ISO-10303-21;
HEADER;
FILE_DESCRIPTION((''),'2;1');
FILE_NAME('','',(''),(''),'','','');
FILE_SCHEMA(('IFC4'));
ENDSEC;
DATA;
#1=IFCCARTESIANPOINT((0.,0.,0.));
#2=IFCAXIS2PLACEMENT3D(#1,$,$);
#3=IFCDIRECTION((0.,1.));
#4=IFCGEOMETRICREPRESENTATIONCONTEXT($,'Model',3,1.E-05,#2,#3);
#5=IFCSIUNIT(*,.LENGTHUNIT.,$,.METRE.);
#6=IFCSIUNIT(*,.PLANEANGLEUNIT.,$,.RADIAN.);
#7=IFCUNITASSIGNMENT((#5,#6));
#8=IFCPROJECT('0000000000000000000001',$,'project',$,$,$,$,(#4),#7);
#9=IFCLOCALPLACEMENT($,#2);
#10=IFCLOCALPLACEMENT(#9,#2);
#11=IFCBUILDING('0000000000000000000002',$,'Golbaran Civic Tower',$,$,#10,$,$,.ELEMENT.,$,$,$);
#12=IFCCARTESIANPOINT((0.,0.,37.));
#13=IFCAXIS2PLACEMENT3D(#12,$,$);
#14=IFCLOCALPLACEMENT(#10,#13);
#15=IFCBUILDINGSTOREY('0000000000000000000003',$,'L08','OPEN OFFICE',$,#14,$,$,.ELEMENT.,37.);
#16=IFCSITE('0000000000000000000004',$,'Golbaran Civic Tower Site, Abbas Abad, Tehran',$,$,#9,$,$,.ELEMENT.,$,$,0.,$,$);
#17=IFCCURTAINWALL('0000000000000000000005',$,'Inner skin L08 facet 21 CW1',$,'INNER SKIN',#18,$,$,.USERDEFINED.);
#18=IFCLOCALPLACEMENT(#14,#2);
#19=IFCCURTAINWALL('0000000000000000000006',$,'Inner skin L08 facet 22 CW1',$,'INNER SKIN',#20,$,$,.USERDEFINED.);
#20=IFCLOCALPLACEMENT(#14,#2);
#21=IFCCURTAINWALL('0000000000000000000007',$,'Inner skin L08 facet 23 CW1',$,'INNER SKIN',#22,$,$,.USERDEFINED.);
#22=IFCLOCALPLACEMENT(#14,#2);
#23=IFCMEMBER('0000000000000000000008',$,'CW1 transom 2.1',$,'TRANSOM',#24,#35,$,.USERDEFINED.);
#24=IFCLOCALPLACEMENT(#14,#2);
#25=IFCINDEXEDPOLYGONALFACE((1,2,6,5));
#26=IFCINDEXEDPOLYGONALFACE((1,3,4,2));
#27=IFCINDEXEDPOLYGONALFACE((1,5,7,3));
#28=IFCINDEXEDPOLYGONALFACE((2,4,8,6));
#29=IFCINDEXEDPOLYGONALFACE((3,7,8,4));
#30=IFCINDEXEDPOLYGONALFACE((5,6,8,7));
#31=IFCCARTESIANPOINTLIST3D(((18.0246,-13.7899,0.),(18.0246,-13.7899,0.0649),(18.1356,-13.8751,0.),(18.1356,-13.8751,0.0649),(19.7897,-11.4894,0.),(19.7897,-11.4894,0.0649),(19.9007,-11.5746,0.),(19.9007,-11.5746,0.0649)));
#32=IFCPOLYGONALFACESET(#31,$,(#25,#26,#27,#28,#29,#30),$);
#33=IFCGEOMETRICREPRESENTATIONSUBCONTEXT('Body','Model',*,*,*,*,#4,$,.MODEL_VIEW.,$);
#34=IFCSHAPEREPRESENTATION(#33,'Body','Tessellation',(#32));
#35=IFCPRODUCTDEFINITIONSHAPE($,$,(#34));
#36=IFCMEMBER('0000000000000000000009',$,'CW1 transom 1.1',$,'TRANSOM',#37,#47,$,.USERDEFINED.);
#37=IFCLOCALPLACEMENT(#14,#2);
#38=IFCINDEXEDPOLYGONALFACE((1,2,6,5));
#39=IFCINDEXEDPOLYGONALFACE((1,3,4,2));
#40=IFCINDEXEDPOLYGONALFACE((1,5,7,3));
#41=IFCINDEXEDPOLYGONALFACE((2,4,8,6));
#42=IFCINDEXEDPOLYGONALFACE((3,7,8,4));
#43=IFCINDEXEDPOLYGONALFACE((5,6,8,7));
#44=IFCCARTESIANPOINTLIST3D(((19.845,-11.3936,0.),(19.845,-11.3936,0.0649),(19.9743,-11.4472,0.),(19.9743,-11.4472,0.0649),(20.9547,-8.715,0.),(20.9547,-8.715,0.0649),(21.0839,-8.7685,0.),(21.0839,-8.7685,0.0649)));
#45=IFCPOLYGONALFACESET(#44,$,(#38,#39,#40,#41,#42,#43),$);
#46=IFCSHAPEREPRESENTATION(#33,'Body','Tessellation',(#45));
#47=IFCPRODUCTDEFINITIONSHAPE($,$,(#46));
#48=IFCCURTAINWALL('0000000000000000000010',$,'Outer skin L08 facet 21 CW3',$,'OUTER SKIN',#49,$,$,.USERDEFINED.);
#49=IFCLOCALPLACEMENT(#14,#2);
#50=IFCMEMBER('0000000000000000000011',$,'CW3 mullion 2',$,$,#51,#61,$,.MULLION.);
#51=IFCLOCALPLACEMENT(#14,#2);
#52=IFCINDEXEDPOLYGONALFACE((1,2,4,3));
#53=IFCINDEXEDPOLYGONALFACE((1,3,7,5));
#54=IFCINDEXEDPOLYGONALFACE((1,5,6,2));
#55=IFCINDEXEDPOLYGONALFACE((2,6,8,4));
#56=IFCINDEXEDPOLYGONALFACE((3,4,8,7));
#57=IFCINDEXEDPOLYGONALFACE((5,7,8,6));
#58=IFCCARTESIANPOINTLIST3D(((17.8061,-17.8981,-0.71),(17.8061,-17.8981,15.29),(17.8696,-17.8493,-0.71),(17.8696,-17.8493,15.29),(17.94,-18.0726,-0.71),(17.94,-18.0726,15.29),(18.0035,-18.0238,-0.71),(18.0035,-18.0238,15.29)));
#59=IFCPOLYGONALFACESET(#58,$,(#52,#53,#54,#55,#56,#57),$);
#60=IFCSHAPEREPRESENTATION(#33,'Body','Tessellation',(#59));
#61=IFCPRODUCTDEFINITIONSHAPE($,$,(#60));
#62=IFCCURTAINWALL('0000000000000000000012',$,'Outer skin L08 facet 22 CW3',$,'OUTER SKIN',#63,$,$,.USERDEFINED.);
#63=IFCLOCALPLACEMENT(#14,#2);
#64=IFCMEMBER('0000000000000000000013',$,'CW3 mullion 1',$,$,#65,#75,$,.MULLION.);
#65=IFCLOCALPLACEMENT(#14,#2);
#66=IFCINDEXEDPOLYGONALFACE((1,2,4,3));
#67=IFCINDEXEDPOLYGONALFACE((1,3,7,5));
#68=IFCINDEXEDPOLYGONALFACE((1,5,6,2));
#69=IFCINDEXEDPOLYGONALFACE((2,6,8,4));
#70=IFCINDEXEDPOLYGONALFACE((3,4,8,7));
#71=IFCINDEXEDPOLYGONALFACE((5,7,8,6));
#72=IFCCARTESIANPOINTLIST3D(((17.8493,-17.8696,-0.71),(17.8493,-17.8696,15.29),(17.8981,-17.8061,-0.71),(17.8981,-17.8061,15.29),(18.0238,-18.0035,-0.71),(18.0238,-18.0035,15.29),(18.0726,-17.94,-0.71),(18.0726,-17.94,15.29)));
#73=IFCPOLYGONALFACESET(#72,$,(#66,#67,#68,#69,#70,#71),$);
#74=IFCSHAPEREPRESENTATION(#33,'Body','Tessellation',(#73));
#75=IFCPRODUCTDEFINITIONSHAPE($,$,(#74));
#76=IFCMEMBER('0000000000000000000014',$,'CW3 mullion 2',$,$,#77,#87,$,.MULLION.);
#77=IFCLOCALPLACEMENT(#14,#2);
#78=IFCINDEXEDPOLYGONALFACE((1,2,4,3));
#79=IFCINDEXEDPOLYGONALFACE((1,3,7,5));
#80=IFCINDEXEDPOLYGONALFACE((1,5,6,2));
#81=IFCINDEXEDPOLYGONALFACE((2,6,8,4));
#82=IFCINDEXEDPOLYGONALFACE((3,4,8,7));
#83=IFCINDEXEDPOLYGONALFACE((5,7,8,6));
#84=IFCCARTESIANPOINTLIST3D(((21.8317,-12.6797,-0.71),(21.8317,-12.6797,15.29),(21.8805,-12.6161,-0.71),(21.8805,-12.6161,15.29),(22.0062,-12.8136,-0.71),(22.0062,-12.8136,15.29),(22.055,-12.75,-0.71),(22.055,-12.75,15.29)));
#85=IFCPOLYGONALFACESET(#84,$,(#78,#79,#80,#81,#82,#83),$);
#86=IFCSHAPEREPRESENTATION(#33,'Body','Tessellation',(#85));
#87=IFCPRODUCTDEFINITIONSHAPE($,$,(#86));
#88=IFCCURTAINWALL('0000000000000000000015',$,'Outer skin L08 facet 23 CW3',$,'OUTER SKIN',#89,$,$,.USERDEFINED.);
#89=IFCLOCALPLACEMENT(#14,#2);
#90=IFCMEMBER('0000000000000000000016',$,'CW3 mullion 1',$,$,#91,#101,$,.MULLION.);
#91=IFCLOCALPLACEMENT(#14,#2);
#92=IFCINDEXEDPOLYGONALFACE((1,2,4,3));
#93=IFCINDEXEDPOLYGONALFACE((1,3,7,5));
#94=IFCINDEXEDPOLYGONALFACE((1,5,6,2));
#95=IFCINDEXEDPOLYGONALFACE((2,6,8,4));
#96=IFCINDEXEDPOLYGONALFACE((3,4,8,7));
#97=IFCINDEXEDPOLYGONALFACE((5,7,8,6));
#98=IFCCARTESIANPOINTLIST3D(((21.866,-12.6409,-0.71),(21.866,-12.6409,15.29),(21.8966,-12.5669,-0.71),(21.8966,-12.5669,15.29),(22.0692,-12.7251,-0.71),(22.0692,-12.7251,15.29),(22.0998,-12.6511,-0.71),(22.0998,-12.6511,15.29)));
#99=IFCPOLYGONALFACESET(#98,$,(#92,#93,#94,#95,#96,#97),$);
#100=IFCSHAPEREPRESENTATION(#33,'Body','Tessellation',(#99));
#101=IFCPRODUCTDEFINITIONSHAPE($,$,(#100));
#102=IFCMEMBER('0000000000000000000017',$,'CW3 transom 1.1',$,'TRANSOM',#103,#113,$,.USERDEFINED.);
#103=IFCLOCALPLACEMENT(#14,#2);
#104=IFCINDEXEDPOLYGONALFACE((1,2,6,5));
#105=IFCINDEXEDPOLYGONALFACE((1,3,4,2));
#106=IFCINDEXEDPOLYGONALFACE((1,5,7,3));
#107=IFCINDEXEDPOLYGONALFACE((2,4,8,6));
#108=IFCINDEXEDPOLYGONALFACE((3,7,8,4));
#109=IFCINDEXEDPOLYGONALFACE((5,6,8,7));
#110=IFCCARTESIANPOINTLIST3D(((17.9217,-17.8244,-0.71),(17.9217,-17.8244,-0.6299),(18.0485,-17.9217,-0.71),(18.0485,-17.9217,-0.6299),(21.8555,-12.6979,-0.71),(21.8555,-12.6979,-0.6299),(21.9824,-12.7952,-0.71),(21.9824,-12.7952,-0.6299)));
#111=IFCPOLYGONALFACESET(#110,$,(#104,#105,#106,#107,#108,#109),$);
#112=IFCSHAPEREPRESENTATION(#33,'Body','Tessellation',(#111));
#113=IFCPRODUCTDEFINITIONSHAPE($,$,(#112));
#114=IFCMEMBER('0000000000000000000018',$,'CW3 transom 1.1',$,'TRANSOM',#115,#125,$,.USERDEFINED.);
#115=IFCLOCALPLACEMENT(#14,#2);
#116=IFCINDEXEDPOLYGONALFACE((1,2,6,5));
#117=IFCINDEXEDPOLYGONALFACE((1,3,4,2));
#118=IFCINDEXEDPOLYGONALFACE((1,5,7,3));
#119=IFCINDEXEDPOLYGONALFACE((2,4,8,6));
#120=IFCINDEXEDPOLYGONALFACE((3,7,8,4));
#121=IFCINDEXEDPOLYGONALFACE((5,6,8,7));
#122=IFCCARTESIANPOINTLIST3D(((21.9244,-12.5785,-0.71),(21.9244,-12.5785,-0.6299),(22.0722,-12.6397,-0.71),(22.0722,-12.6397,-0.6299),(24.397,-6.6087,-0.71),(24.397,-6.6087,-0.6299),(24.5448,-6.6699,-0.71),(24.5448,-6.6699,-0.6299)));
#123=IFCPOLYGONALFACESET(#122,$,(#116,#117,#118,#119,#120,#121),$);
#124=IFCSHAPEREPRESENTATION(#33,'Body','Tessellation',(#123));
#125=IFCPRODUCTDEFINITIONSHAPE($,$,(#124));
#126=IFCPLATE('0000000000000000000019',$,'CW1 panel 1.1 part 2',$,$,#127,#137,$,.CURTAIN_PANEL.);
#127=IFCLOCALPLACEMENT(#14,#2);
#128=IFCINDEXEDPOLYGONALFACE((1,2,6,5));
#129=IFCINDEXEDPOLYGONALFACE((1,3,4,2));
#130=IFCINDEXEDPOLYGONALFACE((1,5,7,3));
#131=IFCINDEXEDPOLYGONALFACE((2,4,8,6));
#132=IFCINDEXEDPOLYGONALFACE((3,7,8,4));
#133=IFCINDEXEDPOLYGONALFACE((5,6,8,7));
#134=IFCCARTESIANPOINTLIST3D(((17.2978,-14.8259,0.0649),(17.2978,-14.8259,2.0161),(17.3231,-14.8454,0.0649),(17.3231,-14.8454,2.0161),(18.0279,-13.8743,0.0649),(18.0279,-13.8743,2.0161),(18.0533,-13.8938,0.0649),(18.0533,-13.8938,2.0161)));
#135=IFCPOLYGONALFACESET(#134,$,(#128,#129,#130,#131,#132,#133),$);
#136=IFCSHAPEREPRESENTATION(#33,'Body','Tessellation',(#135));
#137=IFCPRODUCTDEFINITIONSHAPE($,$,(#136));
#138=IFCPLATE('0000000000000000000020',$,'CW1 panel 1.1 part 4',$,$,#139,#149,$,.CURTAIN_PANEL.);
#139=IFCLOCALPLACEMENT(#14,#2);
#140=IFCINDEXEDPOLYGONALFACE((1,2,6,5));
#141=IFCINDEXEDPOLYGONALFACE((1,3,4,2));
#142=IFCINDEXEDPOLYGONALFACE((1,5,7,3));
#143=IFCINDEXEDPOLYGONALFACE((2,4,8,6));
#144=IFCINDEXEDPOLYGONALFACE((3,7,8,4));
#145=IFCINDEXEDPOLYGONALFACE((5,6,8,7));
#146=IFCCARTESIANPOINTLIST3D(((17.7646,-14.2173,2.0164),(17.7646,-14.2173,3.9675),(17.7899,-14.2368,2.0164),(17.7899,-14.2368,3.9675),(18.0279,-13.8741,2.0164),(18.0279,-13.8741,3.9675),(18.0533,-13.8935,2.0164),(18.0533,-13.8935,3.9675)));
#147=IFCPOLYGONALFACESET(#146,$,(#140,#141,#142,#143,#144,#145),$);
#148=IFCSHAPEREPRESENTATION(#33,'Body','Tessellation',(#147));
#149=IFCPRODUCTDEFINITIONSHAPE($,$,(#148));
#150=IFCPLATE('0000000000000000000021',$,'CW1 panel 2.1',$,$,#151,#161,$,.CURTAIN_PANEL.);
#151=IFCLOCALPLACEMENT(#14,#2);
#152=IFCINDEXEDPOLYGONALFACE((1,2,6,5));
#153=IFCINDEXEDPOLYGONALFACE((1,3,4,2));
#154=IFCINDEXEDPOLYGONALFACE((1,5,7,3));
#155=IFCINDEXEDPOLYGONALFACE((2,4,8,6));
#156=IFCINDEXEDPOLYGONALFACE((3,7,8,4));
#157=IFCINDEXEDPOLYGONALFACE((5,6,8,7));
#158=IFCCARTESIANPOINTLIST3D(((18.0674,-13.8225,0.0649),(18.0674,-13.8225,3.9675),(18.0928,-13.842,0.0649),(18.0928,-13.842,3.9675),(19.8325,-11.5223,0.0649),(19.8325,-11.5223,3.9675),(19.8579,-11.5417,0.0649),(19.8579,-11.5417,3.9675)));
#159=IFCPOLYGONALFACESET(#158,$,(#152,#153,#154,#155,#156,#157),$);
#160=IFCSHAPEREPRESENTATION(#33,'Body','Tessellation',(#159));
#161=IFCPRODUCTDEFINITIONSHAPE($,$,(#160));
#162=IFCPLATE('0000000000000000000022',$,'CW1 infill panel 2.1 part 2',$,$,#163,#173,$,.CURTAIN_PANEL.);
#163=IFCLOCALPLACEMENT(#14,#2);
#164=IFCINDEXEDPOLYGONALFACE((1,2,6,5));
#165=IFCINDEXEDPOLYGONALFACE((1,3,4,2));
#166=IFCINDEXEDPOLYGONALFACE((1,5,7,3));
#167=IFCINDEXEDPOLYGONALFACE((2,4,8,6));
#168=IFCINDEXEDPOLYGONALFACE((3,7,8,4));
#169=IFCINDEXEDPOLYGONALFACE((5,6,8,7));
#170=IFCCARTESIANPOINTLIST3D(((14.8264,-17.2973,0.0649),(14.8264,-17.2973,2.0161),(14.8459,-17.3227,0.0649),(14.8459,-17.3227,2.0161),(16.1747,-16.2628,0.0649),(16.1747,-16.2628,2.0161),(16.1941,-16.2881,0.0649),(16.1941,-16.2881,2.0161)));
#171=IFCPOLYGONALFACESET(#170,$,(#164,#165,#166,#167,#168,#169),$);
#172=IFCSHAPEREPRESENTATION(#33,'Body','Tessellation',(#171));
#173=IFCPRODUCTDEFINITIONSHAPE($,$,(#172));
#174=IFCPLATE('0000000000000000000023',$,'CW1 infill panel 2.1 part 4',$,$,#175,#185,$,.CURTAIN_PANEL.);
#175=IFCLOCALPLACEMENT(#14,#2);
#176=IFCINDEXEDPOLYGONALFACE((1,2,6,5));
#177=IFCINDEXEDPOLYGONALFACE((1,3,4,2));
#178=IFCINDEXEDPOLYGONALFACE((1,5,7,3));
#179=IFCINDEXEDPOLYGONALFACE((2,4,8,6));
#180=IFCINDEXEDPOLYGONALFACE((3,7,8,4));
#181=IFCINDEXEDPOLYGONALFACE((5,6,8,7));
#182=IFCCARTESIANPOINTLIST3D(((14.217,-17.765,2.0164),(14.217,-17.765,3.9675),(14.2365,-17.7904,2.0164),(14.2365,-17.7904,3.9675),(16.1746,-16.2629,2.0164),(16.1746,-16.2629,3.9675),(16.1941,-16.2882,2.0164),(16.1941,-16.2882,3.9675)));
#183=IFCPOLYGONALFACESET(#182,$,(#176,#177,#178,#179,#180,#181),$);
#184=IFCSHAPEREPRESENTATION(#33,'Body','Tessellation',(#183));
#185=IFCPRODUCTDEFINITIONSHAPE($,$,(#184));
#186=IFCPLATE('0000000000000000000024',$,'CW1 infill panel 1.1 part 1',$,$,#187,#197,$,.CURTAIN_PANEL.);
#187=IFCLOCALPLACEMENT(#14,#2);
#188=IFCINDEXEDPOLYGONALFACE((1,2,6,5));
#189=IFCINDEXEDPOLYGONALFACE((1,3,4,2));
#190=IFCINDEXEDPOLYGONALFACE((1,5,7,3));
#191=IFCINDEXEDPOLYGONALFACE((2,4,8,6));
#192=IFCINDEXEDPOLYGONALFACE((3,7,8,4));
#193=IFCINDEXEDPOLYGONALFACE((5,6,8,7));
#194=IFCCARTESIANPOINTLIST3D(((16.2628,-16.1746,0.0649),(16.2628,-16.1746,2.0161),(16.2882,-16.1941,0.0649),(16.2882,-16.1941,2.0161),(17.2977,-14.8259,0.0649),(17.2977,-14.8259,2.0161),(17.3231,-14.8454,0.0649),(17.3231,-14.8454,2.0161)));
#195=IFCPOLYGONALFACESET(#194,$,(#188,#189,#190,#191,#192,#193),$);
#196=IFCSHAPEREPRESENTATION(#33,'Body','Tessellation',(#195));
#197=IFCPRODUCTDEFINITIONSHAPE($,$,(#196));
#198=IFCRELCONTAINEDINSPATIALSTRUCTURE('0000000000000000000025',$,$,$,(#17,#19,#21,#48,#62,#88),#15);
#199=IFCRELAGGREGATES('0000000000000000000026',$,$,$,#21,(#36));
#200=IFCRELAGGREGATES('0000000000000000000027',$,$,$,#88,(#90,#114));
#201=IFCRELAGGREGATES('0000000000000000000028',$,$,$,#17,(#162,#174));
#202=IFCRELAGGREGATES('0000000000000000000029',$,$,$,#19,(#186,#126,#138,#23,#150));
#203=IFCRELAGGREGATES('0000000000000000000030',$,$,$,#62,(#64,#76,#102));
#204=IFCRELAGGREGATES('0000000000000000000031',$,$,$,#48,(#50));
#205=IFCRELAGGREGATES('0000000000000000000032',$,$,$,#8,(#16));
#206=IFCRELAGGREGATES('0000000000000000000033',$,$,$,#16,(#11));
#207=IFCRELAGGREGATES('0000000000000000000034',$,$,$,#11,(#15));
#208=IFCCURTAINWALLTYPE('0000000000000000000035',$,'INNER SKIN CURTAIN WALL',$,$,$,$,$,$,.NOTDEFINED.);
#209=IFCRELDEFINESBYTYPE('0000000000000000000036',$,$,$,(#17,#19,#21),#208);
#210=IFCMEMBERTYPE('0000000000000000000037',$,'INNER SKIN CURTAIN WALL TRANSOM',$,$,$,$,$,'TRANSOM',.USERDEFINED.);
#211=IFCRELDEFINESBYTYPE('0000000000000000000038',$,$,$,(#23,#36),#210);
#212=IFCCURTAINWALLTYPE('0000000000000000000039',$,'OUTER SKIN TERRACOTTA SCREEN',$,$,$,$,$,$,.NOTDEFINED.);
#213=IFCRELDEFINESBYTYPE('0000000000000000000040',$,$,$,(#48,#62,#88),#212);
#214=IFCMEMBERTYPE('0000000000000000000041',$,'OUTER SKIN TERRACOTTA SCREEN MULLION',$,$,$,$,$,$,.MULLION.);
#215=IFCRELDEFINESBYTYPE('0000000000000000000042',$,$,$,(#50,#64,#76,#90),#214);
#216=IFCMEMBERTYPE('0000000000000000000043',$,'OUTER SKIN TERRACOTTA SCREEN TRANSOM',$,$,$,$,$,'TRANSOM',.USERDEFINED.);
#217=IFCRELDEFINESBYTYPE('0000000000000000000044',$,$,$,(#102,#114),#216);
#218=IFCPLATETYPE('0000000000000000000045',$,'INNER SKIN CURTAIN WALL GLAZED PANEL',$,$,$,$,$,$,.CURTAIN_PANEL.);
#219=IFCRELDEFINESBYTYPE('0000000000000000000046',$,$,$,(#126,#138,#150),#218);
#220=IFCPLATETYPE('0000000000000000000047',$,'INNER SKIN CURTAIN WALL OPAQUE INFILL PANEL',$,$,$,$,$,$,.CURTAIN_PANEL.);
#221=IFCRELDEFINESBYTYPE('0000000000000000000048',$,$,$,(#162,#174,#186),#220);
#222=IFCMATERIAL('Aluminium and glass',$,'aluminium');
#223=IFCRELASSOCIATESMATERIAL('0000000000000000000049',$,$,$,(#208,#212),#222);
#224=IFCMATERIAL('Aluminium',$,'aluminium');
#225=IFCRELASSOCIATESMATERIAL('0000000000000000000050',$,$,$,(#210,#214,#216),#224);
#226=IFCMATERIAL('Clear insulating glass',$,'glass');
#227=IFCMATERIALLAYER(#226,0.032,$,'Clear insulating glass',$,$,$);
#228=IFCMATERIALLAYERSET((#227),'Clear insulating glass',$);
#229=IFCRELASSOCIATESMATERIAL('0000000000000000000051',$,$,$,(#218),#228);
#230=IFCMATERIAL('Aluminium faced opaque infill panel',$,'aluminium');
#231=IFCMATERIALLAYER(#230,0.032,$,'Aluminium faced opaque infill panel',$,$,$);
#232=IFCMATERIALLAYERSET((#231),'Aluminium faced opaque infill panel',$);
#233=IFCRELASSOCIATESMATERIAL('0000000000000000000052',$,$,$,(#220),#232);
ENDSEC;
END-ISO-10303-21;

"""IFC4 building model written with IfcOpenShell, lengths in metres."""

from ifc_helpers import new_model, si_unit, direction, frame, origin, origin_2d, place, context, subcontext, project, spatial, rectangle, extrude, material, layer, layer_set, material_profile, profile_set, type_object, element, aggregate, save


model = new_model("IFC4")

# Units and contexts
model_context = context("Model", 3, precision=1e-05, world=origin(), true_north=direction((0.0, 1.0)))
body_context = subcontext(model_context, "Body", "Model", "MODEL_VIEW")
ifc_project = project(units=[si_unit("LENGTHUNIT", "METRE"), si_unit("PLANEANGLEUNIT", "RADIAN")], contexts=[model_context])

# Site, building, storey
site_placement = place(None, origin())
site = spatial("IfcSite", under=ifc_project, at=site_placement, Name="Golbaran Civic Tower Site, Abbas Abad, Tehran", CompositionType="ELEMENT", RefElevation=0.0)
building_placement = place(site_placement, origin())
building = spatial("IfcBuilding", under=site, at=building_placement, Name="Golbaran Civic Tower", CompositionType="ELEMENT")
storey_placement = place(building_placement, frame((0.0, 0.0, 37.0)))
storey = spatial("IfcBuildingStorey", under=building, at=storey_placement, Name="L08", Description="OPEN OFFICE", CompositionType="ELEMENT", Elevation=37.0)

# Curtain wall
ifc_material_1 = material(Name="Aluminium and glass", Category="aluminium")
curtain_wall_type_1 = type_object("IfcCurtainWallType", Name="INNER SKIN CURTAIN WALL", PredefinedType="NOTDEFINED", material=ifc_material_1)
curtain_wall_1_placement = place(storey_placement, origin())
curtain_wall_1 = element("IfcCurtainWall", 1, at=curtain_wall_1_placement, inside=storey, type_object=curtain_wall_type_1, Name="Inner skin L08 facet 21 CW1", ObjectType="INNER SKIN", PredefinedType="USERDEFINED")
ifc_material_2 = material(Name="Aluminium", Category="aluminium")

# Curtain wall
curtain_wall_2_placement = place(storey_placement, origin())
curtain_wall_2 = element("IfcCurtainWall", 2, at=curtain_wall_2_placement, inside=storey, type_object=curtain_wall_type_1, Name="Inner skin L08 facet 22 CW1", ObjectType="INNER SKIN", PredefinedType="USERDEFINED")

# Curtain wall
curtain_wall_3_placement = place(storey_placement, origin())
curtain_wall_3 = element("IfcCurtainWall", 3, at=curtain_wall_3_placement, inside=storey, type_object=curtain_wall_type_1, Name="Inner skin L08 facet 23 CW1", ObjectType="INNER SKIN", PredefinedType="USERDEFINED")

# Members
ifc_material_profile_1 = material_profile(ifc_material_2, rectangle(XDim=0.1399, YDim=0.0649, at=origin_2d()), Name="INNER SKIN CURTAIN WALL TRANSOM")
ifc_profile_set_1 = profile_set([ifc_material_profile_1], Name="Aluminium")
member_type_1 = type_object("IfcMemberType", Name="INNER SKIN CURTAIN WALL TRANSOM", ElementType="TRANSOM", PredefinedType="USERDEFINED", material=ifc_profile_set_1)
member_1_placement = place(storey_placement, frame((18.0801, -13.8325, 0.0325), z_axis=(0.608734, 0.793375, 0.0), x_axis=(-0.793375, 0.608734, 0.0)))
member_1 = element("IfcMember", 4, at=member_1_placement, type_object=member_type_1, Name="CW1 transom 2.1", ObjectType="TRANSOM", PredefinedType="USERDEFINED", context=body_context, shape_type="SweptSolid", body=[
    extrude(rectangle(XDim=0.1399, YDim=0.0649, at=origin_2d()), origin(), (0.0, 0.0, 1.0), 2.8997),
])
member_2_placement = place(storey_placement, frame((19.9097, -11.4204, 0.0325), z_axis=(0.382701, 0.923872, 0.0), x_axis=(-0.923872, 0.382701, 0.0)))
member_2 = element("IfcMember", 5, at=member_2_placement, type_object=member_type_1, Name="CW1 transom 1.1", ObjectType="TRANSOM", PredefinedType="USERDEFINED", context=body_context, shape_type="SweptSolid", body=[
    extrude(rectangle(XDim=0.1399, YDim=0.0649, at=origin_2d()), origin(), (0.0, 0.0, 1.0), 2.8994),
])
aggregate(curtain_wall_3, [member_2])

# Curtain wall, member
curtain_wall_type_2 = type_object("IfcCurtainWallType", Name="OUTER SKIN TERRACOTTA SCREEN", PredefinedType="NOTDEFINED", material=ifc_material_1)
curtain_wall_4_placement = place(storey_placement, origin())
curtain_wall_4 = element("IfcCurtainWall", 6, at=curtain_wall_4_placement, inside=storey, type_object=curtain_wall_type_2, Name="Outer skin L08 facet 21 CW3", ObjectType="OUTER SKIN", PredefinedType="USERDEFINED")
ifc_material_profile_2 = material_profile(ifc_material_2, rectangle(XDim=0.22, YDim=0.0801, at=origin_2d()), Name="OUTER SKIN TERRACOTTA SCREEN MULLION")
ifc_profile_set_2 = profile_set([ifc_material_profile_2], Name="Aluminium")
member_type_2 = type_object("IfcMemberType", Name="OUTER SKIN TERRACOTTA SCREEN MULLION", PredefinedType="MULLION", material=ifc_profile_set_2)
member_3_placement = place(storey_placement, frame((17.9048, -17.9609, -0.71), z_axis=(0.0, 0.0, 1.0), x_axis=(-0.608761, 0.793353, 0.0)))
member_3 = element("IfcMember", 7, at=member_3_placement, type_object=member_type_2, Name="CW3 mullion 2", PredefinedType="MULLION", context=body_context, shape_type="SweptSolid", body=[
    extrude(rectangle(XDim=0.22, YDim=0.0801, at=origin_2d()), origin(), (0.0, 0.0, 1.0), 16.0),
])

# Curtain wall, members
curtain_wall_5_placement = place(storey_placement, origin())
curtain_wall_5 = element("IfcCurtainWall", 8, at=curtain_wall_5_placement, inside=storey, type_object=curtain_wall_type_2, Name="Outer skin L08 facet 22 CW3", ObjectType="OUTER SKIN", PredefinedType="USERDEFINED")
member_4_placement = place(storey_placement, frame((17.9609, -17.9048, -0.71), z_axis=(0.0, 0.0, 1.0), x_axis=(-0.793353, 0.608761, 0.0)))
member_4 = element("IfcMember", 9, at=member_4_placement, type_object=member_type_2, Name="CW3 mullion 1", PredefinedType="MULLION", context=body_context, shape_type="SweptSolid", body=[
    extrude(rectangle(XDim=0.22, YDim=0.0801, at=origin_2d()), origin(), (0.0, 0.0, 1.0), 16.0),
])
member_5_placement = place(storey_placement, frame((21.9434, -12.7148, -0.71), z_axis=(0.0, 0.0, 1.0), x_axis=(-0.793353, 0.608761, 0.0)))
member_5 = element("IfcMember", 10, at=member_5_placement, type_object=member_type_2, Name="CW3 mullion 2", PredefinedType="MULLION", context=body_context, shape_type="SweptSolid", body=[
    extrude(rectangle(XDim=0.22, YDim=0.0801, at=origin_2d()), origin(), (0.0, 0.0, 1.0), 16.0),
])

# Curtain wall, member
curtain_wall_6_placement = place(storey_placement, origin())
curtain_wall_6 = element("IfcCurtainWall", 11, at=curtain_wall_6_placement, inside=storey, type_object=curtain_wall_type_2, Name="Outer skin L08 facet 23 CW3", ObjectType="OUTER SKIN", PredefinedType="USERDEFINED")
member_6_placement = place(storey_placement, frame((21.9829, -12.646, -0.71), z_axis=(0.0, 0.0, 1.0), x_axis=(-0.92388, 0.382683, 0.0)))
member_6 = element("IfcMember", 12, at=member_6_placement, type_object=member_type_2, Name="CW3 mullion 1", PredefinedType="MULLION", context=body_context, shape_type="SweptSolid", body=[
    extrude(rectangle(XDim=0.22, YDim=0.0801, at=origin_2d()), origin(), (0.0, 0.0, 1.0), 16.0),
])

# Members
ifc_material_profile_3 = material_profile(ifc_material_2, rectangle(XDim=0.1599, YDim=0.0801, at=origin_2d()), Name="OUTER SKIN TERRACOTTA SCREEN TRANSOM")
ifc_profile_set_3 = profile_set([ifc_material_profile_3], Name="Aluminium")
member_type_3 = type_object("IfcMemberType", Name="OUTER SKIN TERRACOTTA SCREEN TRANSOM", ElementType="TRANSOM", PredefinedType="USERDEFINED", material=ifc_profile_set_3)
member_7_placement = place(storey_placement, frame((17.9851, -17.873, -0.6699), z_axis=(0.608777, 0.793341, 0.0), x_axis=(-0.793341, 0.608777, 0.0)))
member_7 = element("IfcMember", 13, at=member_7_placement, type_object=member_type_3, Name="CW3 transom 1.1", ObjectType="TRANSOM", PredefinedType="USERDEFINED", context=body_context, shape_type="SweptSolid", body=[
    extrude(rectangle(XDim=0.1599, YDim=0.0801, at=origin_2d()), origin(), (0.0, 0.0, 1.0), 6.4619),
])
member_8_placement = place(storey_placement, frame((21.9983, -12.6091, -0.6699), z_axis=(0.382659, 0.92389, 0.0), x_axis=(-0.92389, 0.382659, 0.0)))
member_8 = element("IfcMember", 14, at=member_8_placement, type_object=member_type_3, Name="CW3 transom 1.1", ObjectType="TRANSOM", PredefinedType="USERDEFINED", context=body_context, shape_type="SweptSolid", body=[
    extrude(rectangle(XDim=0.1599, YDim=0.0801, at=origin_2d()), origin(), (0.0, 0.0, 1.0), 6.4617),
])
aggregate(curtain_wall_6, [member_6, member_8])

# Plates
ifc_material_3 = material(Name="Clear insulating glass", Category="glass")
ifc_layer_1 = layer(ifc_material_3, 0.032, Name="Clear insulating glass")
ifc_layer_set_1 = layer_set([ifc_layer_1], Name="Clear insulating glass")
plate_type_1 = type_object("IfcPlateType", Name="INNER SKIN CURTAIN WALL GLAZED PANEL", PredefinedType="CURTAIN_PANEL", material=ifc_layer_set_1)
plate_1_placement = place(storey_placement, frame((17.6755, -14.3599, 0.0649), z_axis=(0.0, 0.0, 1.0), x_axis=(0.608761, 0.793353, 0.0)))
plate_1 = element("IfcPlate", 15, at=plate_1_placement, type_object=plate_type_1, Name="CW1 panel 1.1 part 2", PredefinedType="CURTAIN_PANEL", context=body_context, shape_type="SweptSolid", body=[
    extrude(rectangle(XDim=1.1995, YDim=0.032, at=origin_2d()), origin(), (0.0, 0.0, 1.0), 1.9512),
])
plate_2_placement = place(storey_placement, frame((17.9089, -14.0554, 2.0164), z_axis=(0.0, 0.0, 1.0), x_axis=(0.608761, 0.793353, 0.0)))
plate_2 = element("IfcPlate", 16, at=plate_2_placement, type_object=plate_type_1, Name="CW1 panel 1.1 part 4", PredefinedType="CURTAIN_PANEL", context=body_context, shape_type="SweptSolid", body=[
    extrude(rectangle(XDim=0.4326, YDim=0.032, at=origin_2d()), origin(), (0.0, 0.0, 1.0), 1.9512),
])
plate_3_placement = place(storey_placement, frame((18.9626, -12.6821, 0.0649), z_axis=(0.0, 0.0, 1.0), x_axis=(0.608761, 0.793353, 0.0)))
plate_3 = element("IfcPlate", 17, at=plate_3_placement, type_object=plate_type_1, Name="CW1 panel 2.1", PredefinedType="CURTAIN_PANEL", context=body_context, shape_type="SweptSolid", body=[
    extrude(rectangle(XDim=2.8994, YDim=0.032, at=origin_2d()), origin(), (0.0, 0.0, 1.0), 3.9026),
])
ifc_material_4 = material(Name="Aluminium faced opaque infill panel", Category="aluminium")
ifc_layer_2 = layer(ifc_material_4, 0.032, Name="Aluminium faced opaque infill panel")
ifc_layer_set_2 = layer_set([ifc_layer_2], Name="Aluminium faced opaque infill panel")
plate_type_2 = type_object("IfcPlateType", Name="INNER SKIN CURTAIN WALL OPAQUE INFILL PANEL", PredefinedType="CURTAIN_PANEL", material=ifc_layer_set_2)
plate_4_placement = place(storey_placement, frame((15.5103, -16.7927, 0.0649), z_axis=(0.0, 0.0, 1.0), x_axis=(0.793353, 0.608761, 0.0)))
plate_4 = element("IfcPlate", 18, at=plate_4_placement, type_object=plate_type_2, Name="CW1 infill panel 2.1 part 2", PredefinedType="CURTAIN_PANEL", context=body_context, shape_type="SweptSolid", body=[
    extrude(rectangle(XDim=1.6995, YDim=0.032, at=origin_2d()), origin(), (0.0, 0.0, 1.0), 1.9512),
])
plate_5_placement = place(storey_placement, frame((15.2056, -17.0266, 2.0164), z_axis=(0.0, 0.0, 1.0), x_axis=(0.793353, 0.608761, 0.0)))
plate_5 = element("IfcPlate", 19, at=plate_5_placement, type_object=plate_type_2, Name="CW1 infill panel 2.1 part 4", PredefinedType="CURTAIN_PANEL", context=body_context, shape_type="SweptSolid", body=[
    extrude(rectangle(XDim=2.4675, YDim=0.032, at=origin_2d()), origin(), (0.0, 0.0, 1.0), 1.9512),
])
aggregate(curtain_wall_1, [plate_4, plate_5])
plate_6_placement = place(storey_placement, frame((16.793, -15.51, 0.0649), z_axis=(0.0, 0.0, 1.0), x_axis=(0.608761, 0.793353, 0.0)))
plate_6 = element("IfcPlate", 20, at=plate_6_placement, type_object=plate_type_2, Name="CW1 infill panel 1.1 part 1", PredefinedType="CURTAIN_PANEL", context=body_context, shape_type="SweptSolid", body=[
    extrude(rectangle(XDim=1.7, YDim=0.032, at=origin_2d()), origin(), (0.0, 0.0, 1.0), 1.9512),
])
aggregate(curtain_wall_2, [plate_6, plate_1, plate_2, member_1, plate_3])
aggregate(curtain_wall_5, [member_4, member_5, member_7])
aggregate(curtain_wall_4, [member_3])

save(model, "model.ifc")
